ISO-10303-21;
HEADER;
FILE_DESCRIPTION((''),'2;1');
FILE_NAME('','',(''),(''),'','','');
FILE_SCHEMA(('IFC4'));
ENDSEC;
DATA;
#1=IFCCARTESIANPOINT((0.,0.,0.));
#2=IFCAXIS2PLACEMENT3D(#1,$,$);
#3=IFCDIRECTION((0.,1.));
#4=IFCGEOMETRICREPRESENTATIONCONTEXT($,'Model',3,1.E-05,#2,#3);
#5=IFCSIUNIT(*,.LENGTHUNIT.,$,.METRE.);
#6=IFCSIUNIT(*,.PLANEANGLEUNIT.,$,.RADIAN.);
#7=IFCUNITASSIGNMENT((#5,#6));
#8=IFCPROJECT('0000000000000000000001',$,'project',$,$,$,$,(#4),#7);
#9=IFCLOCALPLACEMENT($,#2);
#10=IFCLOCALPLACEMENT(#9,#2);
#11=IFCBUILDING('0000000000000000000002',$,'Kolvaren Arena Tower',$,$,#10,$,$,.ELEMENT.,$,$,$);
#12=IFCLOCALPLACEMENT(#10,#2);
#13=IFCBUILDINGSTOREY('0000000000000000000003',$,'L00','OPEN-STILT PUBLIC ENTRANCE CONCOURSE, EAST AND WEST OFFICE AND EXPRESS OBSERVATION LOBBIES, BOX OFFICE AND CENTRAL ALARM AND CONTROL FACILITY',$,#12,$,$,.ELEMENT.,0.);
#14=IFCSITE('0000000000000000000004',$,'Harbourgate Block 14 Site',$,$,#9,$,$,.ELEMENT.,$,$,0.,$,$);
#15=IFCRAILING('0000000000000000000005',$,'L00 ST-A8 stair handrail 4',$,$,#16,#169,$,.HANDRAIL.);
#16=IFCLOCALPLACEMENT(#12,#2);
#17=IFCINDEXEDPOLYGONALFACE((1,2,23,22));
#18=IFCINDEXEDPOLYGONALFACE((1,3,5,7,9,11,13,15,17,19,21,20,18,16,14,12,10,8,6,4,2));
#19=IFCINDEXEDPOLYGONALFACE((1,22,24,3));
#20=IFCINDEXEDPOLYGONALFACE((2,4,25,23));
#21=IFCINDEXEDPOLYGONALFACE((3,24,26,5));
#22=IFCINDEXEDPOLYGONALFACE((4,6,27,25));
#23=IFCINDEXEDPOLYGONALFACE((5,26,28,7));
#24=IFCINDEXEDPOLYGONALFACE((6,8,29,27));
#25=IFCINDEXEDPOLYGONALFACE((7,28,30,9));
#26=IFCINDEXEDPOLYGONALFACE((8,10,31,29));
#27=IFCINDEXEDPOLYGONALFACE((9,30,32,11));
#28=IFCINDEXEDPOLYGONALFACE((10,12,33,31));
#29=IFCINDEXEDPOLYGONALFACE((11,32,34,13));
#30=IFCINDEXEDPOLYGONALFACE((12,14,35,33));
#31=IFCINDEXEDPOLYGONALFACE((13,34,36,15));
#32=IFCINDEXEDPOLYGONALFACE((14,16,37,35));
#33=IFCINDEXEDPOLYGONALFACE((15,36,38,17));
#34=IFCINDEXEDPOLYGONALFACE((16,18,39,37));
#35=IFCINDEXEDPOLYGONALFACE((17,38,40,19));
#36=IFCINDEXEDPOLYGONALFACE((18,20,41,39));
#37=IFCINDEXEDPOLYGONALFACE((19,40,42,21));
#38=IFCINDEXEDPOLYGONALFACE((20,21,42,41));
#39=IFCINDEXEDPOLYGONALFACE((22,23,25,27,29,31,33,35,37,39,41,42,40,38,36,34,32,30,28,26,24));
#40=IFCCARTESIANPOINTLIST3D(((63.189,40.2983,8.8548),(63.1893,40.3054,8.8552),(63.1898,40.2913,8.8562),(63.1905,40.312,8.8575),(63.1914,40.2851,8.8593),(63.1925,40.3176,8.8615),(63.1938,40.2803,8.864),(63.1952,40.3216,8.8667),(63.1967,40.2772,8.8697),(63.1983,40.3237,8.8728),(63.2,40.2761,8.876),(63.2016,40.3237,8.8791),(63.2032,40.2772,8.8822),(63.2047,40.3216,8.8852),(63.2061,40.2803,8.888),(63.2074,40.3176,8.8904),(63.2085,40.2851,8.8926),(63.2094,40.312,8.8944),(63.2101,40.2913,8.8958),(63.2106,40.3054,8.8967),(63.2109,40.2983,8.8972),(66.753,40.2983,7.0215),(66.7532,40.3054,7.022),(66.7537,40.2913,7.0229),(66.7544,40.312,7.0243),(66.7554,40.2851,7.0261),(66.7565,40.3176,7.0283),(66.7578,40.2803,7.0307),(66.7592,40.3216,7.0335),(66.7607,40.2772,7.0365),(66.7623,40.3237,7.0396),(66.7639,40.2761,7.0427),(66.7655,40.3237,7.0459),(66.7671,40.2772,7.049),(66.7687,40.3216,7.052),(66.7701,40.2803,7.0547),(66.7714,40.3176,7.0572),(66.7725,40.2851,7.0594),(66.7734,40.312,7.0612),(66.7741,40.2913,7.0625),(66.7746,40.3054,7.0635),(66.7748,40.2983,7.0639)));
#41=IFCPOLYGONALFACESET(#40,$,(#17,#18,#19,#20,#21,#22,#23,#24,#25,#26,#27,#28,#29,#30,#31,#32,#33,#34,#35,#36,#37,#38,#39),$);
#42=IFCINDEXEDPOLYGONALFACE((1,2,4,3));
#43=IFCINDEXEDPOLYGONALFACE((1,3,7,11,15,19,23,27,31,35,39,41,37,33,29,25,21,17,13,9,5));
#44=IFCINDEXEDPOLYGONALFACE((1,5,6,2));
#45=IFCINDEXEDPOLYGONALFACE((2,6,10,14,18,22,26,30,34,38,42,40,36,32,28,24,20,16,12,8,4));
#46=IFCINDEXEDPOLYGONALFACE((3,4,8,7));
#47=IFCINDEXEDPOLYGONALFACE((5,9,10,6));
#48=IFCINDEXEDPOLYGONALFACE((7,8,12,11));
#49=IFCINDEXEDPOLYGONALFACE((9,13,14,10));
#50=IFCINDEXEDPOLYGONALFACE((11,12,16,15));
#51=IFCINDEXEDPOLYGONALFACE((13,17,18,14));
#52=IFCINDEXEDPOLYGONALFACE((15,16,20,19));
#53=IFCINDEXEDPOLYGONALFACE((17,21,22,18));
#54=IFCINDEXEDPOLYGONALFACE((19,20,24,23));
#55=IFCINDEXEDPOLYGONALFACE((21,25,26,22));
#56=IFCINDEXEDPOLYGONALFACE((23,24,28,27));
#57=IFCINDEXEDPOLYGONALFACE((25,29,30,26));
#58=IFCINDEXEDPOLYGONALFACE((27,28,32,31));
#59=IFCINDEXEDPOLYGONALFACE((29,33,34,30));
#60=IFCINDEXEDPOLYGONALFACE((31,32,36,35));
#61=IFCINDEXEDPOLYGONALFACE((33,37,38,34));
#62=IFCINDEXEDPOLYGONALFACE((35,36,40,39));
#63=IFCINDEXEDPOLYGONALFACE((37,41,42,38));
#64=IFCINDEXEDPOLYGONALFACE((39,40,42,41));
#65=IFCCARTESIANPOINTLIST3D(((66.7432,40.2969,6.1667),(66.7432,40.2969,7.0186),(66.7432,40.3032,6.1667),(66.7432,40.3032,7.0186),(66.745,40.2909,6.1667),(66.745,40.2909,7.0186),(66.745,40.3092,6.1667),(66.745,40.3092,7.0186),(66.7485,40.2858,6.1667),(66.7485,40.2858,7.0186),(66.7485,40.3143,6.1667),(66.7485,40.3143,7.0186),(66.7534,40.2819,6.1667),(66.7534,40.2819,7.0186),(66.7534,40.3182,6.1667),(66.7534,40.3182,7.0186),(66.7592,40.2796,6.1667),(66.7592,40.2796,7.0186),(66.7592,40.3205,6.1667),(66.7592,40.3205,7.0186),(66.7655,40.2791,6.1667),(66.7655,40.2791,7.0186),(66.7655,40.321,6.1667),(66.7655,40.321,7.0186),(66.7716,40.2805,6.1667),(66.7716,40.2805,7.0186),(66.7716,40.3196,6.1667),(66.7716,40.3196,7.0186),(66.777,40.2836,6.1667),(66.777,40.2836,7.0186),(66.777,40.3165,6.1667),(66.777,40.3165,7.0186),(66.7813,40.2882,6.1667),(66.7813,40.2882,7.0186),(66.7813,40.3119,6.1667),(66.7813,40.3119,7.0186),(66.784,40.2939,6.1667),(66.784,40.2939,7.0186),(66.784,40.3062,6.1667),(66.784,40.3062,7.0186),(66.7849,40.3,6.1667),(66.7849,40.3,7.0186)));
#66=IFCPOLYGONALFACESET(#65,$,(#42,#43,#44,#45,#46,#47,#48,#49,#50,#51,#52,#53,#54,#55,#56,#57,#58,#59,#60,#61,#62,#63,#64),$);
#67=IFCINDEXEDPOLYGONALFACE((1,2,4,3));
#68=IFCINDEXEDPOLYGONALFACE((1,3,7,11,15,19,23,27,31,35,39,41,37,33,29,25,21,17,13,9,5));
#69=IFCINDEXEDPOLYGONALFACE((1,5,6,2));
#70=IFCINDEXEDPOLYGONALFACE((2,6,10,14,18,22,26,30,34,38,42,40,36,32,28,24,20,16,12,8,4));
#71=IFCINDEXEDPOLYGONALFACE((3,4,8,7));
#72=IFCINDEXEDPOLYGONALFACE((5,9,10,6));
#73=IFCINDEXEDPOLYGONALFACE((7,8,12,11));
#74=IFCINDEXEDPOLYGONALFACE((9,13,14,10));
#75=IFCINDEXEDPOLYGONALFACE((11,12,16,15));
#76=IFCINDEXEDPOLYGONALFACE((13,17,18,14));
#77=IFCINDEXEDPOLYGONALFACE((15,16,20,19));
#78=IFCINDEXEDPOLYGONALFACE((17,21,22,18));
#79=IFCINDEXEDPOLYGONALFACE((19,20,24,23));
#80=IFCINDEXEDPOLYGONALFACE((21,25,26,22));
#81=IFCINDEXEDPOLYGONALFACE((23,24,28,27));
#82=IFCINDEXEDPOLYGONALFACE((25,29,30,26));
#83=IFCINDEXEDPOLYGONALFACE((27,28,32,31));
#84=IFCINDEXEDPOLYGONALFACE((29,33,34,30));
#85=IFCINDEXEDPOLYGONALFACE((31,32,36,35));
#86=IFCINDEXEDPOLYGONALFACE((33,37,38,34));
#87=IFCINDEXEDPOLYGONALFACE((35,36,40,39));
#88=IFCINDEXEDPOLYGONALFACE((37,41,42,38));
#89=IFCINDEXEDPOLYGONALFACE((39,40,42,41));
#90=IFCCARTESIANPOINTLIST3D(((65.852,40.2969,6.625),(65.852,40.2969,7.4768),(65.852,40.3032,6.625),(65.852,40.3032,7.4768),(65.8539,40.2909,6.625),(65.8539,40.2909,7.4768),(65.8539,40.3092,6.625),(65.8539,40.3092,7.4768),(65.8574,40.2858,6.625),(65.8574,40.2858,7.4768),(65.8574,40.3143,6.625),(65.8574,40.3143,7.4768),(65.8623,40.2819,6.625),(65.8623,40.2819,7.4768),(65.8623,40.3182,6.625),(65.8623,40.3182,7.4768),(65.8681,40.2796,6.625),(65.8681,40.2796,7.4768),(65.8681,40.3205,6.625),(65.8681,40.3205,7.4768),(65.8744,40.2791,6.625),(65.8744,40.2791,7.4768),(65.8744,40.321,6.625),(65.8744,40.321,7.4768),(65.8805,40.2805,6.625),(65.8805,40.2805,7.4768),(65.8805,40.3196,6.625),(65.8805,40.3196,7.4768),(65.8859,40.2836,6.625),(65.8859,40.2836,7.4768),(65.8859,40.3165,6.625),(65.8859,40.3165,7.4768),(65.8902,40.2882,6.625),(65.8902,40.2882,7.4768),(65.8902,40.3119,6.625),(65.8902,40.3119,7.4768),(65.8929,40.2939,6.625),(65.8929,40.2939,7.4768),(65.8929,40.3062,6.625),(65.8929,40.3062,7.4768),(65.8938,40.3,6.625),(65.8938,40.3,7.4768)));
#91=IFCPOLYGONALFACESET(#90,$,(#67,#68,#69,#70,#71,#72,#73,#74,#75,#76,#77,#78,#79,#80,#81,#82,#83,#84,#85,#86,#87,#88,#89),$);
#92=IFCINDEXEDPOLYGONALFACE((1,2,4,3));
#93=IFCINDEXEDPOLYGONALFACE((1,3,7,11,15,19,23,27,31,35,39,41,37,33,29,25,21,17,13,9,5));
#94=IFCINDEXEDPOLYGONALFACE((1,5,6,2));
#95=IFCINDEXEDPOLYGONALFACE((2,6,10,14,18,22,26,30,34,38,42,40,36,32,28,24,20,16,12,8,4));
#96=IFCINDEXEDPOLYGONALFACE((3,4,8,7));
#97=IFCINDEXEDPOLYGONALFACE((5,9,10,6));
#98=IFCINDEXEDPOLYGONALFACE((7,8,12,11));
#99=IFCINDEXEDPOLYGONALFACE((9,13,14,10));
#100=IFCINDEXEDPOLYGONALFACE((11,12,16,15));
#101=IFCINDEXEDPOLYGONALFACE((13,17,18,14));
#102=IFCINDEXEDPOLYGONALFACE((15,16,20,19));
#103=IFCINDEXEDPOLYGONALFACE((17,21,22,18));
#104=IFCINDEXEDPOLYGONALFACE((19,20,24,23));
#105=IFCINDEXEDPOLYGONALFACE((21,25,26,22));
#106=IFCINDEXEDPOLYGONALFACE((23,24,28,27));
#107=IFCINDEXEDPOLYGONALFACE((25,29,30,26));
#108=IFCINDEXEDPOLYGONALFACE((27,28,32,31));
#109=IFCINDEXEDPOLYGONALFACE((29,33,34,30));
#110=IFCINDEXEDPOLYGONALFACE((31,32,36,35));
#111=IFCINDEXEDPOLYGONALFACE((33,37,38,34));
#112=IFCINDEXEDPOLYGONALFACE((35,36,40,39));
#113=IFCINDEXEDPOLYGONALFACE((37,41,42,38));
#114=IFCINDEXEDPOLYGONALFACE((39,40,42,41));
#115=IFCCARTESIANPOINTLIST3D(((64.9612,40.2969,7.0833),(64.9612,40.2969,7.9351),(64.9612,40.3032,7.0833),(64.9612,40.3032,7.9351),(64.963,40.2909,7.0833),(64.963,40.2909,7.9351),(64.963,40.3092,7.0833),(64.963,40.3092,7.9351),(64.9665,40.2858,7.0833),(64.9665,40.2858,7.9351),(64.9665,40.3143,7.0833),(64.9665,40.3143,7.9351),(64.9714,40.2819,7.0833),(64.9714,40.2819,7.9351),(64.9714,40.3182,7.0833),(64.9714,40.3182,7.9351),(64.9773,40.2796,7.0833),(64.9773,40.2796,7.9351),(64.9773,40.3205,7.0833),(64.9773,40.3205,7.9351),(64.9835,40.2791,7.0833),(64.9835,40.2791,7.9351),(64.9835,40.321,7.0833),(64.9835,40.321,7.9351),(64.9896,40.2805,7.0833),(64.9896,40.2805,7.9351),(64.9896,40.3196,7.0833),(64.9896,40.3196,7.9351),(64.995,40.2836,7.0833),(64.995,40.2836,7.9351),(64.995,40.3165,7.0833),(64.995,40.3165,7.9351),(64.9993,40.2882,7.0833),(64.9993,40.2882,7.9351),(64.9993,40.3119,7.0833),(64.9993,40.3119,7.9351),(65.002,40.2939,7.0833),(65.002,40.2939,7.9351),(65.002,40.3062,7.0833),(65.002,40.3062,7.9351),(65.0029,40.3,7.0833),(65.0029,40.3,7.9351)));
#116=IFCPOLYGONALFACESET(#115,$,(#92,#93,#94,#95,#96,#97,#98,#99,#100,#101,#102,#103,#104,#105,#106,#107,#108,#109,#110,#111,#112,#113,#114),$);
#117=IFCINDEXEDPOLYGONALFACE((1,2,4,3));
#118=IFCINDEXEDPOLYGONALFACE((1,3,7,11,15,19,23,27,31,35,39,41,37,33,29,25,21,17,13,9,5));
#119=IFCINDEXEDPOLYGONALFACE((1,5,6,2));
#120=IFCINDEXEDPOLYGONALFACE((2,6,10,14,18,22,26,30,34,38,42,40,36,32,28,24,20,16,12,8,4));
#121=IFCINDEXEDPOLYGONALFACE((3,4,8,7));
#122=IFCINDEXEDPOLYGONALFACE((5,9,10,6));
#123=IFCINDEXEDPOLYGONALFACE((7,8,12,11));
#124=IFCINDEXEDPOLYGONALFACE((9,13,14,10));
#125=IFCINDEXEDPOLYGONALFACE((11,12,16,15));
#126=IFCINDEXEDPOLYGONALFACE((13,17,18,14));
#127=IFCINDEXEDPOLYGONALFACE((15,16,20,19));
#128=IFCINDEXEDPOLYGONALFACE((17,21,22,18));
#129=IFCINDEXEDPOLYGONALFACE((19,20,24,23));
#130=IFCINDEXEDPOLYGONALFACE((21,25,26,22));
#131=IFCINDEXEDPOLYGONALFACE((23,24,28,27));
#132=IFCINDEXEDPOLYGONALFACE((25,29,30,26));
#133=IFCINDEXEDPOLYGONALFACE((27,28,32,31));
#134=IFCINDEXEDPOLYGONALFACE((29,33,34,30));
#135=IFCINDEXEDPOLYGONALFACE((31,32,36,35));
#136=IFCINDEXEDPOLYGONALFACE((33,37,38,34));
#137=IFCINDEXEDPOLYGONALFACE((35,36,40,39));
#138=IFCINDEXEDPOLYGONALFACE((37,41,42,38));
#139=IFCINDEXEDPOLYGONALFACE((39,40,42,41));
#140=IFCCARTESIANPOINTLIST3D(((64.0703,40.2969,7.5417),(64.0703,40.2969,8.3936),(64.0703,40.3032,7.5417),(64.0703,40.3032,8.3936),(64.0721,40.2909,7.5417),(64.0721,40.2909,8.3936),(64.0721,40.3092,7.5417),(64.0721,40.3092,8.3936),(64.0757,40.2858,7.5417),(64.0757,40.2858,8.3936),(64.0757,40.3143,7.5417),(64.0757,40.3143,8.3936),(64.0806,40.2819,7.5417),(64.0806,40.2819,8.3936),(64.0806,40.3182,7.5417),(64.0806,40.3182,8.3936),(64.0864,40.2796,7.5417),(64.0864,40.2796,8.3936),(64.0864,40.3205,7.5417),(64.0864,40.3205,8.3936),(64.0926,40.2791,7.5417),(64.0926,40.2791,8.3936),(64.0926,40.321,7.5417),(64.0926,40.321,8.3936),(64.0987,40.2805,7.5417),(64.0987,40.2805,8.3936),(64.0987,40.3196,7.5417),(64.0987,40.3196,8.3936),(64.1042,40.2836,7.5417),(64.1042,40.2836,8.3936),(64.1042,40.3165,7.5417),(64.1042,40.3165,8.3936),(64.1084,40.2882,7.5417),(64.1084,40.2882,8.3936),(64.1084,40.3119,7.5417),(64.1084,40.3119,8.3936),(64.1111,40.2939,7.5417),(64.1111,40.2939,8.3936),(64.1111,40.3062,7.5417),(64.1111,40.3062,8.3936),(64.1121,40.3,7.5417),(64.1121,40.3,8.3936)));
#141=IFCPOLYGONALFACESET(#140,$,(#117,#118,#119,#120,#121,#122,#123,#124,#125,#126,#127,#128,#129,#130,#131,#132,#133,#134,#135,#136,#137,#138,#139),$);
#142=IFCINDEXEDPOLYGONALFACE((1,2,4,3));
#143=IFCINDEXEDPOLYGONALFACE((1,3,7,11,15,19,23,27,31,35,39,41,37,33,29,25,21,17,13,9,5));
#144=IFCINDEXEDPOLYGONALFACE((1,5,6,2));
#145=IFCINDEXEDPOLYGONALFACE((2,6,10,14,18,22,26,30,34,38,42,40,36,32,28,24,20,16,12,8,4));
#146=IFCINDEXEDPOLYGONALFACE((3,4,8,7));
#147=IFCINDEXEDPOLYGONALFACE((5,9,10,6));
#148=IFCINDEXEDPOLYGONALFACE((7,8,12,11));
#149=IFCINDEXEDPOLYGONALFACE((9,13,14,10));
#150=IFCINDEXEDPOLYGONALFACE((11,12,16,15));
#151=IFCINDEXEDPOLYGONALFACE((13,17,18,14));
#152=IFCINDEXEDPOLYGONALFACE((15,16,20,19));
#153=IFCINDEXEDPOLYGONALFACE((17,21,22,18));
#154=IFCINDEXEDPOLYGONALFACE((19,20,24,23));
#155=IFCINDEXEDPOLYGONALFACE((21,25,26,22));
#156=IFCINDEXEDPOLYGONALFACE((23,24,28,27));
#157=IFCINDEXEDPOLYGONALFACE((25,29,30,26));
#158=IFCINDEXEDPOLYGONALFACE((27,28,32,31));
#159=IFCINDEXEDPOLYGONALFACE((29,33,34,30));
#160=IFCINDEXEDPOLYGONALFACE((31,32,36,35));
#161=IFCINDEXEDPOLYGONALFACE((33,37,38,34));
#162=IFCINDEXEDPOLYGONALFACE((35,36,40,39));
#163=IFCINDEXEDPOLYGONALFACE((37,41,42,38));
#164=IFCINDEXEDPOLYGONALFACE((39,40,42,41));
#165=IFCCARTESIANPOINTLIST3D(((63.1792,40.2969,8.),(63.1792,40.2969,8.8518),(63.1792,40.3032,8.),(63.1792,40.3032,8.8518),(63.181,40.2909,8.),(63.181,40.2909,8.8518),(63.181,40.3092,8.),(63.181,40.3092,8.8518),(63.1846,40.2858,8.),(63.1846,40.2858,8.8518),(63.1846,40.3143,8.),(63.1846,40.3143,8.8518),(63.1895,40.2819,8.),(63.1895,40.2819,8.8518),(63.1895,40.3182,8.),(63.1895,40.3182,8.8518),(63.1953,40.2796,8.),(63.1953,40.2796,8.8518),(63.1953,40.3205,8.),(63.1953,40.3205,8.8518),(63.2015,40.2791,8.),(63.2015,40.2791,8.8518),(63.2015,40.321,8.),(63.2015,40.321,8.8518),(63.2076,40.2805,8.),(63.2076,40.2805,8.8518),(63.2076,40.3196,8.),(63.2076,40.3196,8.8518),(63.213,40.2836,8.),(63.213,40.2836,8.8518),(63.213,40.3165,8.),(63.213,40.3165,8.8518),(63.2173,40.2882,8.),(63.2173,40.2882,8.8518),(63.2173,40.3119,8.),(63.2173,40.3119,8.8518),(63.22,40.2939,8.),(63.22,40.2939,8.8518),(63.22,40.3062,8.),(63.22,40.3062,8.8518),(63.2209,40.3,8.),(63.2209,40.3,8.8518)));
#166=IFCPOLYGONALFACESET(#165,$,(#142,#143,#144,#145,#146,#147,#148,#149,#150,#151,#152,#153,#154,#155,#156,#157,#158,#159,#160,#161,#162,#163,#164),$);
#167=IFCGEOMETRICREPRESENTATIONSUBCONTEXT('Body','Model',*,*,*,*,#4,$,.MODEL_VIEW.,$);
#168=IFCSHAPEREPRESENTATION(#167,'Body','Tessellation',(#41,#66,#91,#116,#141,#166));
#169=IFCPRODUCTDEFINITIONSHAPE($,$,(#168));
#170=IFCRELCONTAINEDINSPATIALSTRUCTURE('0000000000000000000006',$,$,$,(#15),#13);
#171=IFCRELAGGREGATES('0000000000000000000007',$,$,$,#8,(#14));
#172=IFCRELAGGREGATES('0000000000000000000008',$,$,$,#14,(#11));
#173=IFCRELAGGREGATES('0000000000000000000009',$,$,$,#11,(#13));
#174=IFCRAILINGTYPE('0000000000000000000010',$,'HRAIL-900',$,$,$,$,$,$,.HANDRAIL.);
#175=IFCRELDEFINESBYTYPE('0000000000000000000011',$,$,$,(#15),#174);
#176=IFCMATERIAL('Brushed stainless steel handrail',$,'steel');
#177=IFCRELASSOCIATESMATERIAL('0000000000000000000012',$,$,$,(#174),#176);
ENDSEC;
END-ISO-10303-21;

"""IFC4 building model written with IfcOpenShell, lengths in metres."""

from ifc_helpers import new_model, si_unit, direction, frame, origin, origin_2d, place, context, subcontext, project, spatial, circle, extrude, material, type_object, element, save


model = new_model("IFC4")

# Units and contexts
model_context = context("Model", 3, precision=1e-05, world=origin(), true_north=direction((0.0, 1.0)))
body_context = subcontext(model_context, "Body", "Model", "MODEL_VIEW")
ifc_project = project(units=[si_unit("LENGTHUNIT", "METRE"), si_unit("PLANEANGLEUNIT", "RADIAN")], contexts=[model_context])

# Site, building, storey
site_placement = place(None, origin())
site = spatial("IfcSite", under=ifc_project, at=site_placement, Name="Harbourgate Block 14 Site", CompositionType="ELEMENT", RefElevation=0.0)
building_placement = place(site_placement, origin())
building = spatial("IfcBuilding", under=site, at=building_placement, Name="Kolvaren Arena Tower", CompositionType="ELEMENT")
storey_placement = place(building_placement, origin())
storey = spatial("IfcBuildingStorey", under=building, at=storey_placement, Name="L00", Description="OPEN-STILT PUBLIC ENTRANCE CONCOURSE, EAST AND WEST OFFICE AND EXPRESS OBSERVATION LOBBIES, BOX OFFICE AND CENTRAL ALARM AND CONTROL FACILITY", CompositionType="ELEMENT", Elevation=0.0)

# Railing
ifc_material_1 = material(Name="Brushed stainless steel handrail", Category="steel")
railing_type_1 = type_object("IfcRailingType", Name="HRAIL-900", PredefinedType="HANDRAIL", material=ifc_material_1)
for number, where, name in (
    (1, (66.7639, 40.3, 6.1667), "L00 ST-A8 stair handrail 4"),
):
    element("IfcRailing", number, at=place(storey_placement, frame(where)), inside=storey, type_object=railing_type_1, Name=name, PredefinedType="HANDRAIL", context=body_context, shape_type="SweptSolid", body=[
        extrude(circle(Radius=0.0239, at=origin_2d()), frame((0.0, 0.0, 0.876), z_axis=(-0.889252, 0.0, 0.457418), x_axis=(0.0, -1.0, 0.0)), (0.0, 0.0, 1.0), 4.0078),
        extrude(circle(Radius=0.021, at=origin_2d()), origin(), (0.0, 0.0, 1.0), 0.8518),
        extrude(circle(Radius=0.021, at=origin_2d()), frame((-0.8911, 0.0, 0.4583)), (0.0, 0.0, 1.0), 0.8518),
        extrude(circle(Radius=0.021, at=origin_2d()), frame((-1.782, 0.0, 0.9165)), (0.0, 0.0, 1.0), 0.8518),
        extrude(circle(Radius=0.021, at=origin_2d()), frame((-2.6729, 0.0, 1.375)), (0.0, 0.0, 1.0), 0.8518),
        extrude(circle(Radius=0.021, at=origin_2d()), frame((-3.564, 0.0, 1.8333)), (0.0, 0.0, 1.0), 0.8518),
    ])

save(model, "model.ifc")
